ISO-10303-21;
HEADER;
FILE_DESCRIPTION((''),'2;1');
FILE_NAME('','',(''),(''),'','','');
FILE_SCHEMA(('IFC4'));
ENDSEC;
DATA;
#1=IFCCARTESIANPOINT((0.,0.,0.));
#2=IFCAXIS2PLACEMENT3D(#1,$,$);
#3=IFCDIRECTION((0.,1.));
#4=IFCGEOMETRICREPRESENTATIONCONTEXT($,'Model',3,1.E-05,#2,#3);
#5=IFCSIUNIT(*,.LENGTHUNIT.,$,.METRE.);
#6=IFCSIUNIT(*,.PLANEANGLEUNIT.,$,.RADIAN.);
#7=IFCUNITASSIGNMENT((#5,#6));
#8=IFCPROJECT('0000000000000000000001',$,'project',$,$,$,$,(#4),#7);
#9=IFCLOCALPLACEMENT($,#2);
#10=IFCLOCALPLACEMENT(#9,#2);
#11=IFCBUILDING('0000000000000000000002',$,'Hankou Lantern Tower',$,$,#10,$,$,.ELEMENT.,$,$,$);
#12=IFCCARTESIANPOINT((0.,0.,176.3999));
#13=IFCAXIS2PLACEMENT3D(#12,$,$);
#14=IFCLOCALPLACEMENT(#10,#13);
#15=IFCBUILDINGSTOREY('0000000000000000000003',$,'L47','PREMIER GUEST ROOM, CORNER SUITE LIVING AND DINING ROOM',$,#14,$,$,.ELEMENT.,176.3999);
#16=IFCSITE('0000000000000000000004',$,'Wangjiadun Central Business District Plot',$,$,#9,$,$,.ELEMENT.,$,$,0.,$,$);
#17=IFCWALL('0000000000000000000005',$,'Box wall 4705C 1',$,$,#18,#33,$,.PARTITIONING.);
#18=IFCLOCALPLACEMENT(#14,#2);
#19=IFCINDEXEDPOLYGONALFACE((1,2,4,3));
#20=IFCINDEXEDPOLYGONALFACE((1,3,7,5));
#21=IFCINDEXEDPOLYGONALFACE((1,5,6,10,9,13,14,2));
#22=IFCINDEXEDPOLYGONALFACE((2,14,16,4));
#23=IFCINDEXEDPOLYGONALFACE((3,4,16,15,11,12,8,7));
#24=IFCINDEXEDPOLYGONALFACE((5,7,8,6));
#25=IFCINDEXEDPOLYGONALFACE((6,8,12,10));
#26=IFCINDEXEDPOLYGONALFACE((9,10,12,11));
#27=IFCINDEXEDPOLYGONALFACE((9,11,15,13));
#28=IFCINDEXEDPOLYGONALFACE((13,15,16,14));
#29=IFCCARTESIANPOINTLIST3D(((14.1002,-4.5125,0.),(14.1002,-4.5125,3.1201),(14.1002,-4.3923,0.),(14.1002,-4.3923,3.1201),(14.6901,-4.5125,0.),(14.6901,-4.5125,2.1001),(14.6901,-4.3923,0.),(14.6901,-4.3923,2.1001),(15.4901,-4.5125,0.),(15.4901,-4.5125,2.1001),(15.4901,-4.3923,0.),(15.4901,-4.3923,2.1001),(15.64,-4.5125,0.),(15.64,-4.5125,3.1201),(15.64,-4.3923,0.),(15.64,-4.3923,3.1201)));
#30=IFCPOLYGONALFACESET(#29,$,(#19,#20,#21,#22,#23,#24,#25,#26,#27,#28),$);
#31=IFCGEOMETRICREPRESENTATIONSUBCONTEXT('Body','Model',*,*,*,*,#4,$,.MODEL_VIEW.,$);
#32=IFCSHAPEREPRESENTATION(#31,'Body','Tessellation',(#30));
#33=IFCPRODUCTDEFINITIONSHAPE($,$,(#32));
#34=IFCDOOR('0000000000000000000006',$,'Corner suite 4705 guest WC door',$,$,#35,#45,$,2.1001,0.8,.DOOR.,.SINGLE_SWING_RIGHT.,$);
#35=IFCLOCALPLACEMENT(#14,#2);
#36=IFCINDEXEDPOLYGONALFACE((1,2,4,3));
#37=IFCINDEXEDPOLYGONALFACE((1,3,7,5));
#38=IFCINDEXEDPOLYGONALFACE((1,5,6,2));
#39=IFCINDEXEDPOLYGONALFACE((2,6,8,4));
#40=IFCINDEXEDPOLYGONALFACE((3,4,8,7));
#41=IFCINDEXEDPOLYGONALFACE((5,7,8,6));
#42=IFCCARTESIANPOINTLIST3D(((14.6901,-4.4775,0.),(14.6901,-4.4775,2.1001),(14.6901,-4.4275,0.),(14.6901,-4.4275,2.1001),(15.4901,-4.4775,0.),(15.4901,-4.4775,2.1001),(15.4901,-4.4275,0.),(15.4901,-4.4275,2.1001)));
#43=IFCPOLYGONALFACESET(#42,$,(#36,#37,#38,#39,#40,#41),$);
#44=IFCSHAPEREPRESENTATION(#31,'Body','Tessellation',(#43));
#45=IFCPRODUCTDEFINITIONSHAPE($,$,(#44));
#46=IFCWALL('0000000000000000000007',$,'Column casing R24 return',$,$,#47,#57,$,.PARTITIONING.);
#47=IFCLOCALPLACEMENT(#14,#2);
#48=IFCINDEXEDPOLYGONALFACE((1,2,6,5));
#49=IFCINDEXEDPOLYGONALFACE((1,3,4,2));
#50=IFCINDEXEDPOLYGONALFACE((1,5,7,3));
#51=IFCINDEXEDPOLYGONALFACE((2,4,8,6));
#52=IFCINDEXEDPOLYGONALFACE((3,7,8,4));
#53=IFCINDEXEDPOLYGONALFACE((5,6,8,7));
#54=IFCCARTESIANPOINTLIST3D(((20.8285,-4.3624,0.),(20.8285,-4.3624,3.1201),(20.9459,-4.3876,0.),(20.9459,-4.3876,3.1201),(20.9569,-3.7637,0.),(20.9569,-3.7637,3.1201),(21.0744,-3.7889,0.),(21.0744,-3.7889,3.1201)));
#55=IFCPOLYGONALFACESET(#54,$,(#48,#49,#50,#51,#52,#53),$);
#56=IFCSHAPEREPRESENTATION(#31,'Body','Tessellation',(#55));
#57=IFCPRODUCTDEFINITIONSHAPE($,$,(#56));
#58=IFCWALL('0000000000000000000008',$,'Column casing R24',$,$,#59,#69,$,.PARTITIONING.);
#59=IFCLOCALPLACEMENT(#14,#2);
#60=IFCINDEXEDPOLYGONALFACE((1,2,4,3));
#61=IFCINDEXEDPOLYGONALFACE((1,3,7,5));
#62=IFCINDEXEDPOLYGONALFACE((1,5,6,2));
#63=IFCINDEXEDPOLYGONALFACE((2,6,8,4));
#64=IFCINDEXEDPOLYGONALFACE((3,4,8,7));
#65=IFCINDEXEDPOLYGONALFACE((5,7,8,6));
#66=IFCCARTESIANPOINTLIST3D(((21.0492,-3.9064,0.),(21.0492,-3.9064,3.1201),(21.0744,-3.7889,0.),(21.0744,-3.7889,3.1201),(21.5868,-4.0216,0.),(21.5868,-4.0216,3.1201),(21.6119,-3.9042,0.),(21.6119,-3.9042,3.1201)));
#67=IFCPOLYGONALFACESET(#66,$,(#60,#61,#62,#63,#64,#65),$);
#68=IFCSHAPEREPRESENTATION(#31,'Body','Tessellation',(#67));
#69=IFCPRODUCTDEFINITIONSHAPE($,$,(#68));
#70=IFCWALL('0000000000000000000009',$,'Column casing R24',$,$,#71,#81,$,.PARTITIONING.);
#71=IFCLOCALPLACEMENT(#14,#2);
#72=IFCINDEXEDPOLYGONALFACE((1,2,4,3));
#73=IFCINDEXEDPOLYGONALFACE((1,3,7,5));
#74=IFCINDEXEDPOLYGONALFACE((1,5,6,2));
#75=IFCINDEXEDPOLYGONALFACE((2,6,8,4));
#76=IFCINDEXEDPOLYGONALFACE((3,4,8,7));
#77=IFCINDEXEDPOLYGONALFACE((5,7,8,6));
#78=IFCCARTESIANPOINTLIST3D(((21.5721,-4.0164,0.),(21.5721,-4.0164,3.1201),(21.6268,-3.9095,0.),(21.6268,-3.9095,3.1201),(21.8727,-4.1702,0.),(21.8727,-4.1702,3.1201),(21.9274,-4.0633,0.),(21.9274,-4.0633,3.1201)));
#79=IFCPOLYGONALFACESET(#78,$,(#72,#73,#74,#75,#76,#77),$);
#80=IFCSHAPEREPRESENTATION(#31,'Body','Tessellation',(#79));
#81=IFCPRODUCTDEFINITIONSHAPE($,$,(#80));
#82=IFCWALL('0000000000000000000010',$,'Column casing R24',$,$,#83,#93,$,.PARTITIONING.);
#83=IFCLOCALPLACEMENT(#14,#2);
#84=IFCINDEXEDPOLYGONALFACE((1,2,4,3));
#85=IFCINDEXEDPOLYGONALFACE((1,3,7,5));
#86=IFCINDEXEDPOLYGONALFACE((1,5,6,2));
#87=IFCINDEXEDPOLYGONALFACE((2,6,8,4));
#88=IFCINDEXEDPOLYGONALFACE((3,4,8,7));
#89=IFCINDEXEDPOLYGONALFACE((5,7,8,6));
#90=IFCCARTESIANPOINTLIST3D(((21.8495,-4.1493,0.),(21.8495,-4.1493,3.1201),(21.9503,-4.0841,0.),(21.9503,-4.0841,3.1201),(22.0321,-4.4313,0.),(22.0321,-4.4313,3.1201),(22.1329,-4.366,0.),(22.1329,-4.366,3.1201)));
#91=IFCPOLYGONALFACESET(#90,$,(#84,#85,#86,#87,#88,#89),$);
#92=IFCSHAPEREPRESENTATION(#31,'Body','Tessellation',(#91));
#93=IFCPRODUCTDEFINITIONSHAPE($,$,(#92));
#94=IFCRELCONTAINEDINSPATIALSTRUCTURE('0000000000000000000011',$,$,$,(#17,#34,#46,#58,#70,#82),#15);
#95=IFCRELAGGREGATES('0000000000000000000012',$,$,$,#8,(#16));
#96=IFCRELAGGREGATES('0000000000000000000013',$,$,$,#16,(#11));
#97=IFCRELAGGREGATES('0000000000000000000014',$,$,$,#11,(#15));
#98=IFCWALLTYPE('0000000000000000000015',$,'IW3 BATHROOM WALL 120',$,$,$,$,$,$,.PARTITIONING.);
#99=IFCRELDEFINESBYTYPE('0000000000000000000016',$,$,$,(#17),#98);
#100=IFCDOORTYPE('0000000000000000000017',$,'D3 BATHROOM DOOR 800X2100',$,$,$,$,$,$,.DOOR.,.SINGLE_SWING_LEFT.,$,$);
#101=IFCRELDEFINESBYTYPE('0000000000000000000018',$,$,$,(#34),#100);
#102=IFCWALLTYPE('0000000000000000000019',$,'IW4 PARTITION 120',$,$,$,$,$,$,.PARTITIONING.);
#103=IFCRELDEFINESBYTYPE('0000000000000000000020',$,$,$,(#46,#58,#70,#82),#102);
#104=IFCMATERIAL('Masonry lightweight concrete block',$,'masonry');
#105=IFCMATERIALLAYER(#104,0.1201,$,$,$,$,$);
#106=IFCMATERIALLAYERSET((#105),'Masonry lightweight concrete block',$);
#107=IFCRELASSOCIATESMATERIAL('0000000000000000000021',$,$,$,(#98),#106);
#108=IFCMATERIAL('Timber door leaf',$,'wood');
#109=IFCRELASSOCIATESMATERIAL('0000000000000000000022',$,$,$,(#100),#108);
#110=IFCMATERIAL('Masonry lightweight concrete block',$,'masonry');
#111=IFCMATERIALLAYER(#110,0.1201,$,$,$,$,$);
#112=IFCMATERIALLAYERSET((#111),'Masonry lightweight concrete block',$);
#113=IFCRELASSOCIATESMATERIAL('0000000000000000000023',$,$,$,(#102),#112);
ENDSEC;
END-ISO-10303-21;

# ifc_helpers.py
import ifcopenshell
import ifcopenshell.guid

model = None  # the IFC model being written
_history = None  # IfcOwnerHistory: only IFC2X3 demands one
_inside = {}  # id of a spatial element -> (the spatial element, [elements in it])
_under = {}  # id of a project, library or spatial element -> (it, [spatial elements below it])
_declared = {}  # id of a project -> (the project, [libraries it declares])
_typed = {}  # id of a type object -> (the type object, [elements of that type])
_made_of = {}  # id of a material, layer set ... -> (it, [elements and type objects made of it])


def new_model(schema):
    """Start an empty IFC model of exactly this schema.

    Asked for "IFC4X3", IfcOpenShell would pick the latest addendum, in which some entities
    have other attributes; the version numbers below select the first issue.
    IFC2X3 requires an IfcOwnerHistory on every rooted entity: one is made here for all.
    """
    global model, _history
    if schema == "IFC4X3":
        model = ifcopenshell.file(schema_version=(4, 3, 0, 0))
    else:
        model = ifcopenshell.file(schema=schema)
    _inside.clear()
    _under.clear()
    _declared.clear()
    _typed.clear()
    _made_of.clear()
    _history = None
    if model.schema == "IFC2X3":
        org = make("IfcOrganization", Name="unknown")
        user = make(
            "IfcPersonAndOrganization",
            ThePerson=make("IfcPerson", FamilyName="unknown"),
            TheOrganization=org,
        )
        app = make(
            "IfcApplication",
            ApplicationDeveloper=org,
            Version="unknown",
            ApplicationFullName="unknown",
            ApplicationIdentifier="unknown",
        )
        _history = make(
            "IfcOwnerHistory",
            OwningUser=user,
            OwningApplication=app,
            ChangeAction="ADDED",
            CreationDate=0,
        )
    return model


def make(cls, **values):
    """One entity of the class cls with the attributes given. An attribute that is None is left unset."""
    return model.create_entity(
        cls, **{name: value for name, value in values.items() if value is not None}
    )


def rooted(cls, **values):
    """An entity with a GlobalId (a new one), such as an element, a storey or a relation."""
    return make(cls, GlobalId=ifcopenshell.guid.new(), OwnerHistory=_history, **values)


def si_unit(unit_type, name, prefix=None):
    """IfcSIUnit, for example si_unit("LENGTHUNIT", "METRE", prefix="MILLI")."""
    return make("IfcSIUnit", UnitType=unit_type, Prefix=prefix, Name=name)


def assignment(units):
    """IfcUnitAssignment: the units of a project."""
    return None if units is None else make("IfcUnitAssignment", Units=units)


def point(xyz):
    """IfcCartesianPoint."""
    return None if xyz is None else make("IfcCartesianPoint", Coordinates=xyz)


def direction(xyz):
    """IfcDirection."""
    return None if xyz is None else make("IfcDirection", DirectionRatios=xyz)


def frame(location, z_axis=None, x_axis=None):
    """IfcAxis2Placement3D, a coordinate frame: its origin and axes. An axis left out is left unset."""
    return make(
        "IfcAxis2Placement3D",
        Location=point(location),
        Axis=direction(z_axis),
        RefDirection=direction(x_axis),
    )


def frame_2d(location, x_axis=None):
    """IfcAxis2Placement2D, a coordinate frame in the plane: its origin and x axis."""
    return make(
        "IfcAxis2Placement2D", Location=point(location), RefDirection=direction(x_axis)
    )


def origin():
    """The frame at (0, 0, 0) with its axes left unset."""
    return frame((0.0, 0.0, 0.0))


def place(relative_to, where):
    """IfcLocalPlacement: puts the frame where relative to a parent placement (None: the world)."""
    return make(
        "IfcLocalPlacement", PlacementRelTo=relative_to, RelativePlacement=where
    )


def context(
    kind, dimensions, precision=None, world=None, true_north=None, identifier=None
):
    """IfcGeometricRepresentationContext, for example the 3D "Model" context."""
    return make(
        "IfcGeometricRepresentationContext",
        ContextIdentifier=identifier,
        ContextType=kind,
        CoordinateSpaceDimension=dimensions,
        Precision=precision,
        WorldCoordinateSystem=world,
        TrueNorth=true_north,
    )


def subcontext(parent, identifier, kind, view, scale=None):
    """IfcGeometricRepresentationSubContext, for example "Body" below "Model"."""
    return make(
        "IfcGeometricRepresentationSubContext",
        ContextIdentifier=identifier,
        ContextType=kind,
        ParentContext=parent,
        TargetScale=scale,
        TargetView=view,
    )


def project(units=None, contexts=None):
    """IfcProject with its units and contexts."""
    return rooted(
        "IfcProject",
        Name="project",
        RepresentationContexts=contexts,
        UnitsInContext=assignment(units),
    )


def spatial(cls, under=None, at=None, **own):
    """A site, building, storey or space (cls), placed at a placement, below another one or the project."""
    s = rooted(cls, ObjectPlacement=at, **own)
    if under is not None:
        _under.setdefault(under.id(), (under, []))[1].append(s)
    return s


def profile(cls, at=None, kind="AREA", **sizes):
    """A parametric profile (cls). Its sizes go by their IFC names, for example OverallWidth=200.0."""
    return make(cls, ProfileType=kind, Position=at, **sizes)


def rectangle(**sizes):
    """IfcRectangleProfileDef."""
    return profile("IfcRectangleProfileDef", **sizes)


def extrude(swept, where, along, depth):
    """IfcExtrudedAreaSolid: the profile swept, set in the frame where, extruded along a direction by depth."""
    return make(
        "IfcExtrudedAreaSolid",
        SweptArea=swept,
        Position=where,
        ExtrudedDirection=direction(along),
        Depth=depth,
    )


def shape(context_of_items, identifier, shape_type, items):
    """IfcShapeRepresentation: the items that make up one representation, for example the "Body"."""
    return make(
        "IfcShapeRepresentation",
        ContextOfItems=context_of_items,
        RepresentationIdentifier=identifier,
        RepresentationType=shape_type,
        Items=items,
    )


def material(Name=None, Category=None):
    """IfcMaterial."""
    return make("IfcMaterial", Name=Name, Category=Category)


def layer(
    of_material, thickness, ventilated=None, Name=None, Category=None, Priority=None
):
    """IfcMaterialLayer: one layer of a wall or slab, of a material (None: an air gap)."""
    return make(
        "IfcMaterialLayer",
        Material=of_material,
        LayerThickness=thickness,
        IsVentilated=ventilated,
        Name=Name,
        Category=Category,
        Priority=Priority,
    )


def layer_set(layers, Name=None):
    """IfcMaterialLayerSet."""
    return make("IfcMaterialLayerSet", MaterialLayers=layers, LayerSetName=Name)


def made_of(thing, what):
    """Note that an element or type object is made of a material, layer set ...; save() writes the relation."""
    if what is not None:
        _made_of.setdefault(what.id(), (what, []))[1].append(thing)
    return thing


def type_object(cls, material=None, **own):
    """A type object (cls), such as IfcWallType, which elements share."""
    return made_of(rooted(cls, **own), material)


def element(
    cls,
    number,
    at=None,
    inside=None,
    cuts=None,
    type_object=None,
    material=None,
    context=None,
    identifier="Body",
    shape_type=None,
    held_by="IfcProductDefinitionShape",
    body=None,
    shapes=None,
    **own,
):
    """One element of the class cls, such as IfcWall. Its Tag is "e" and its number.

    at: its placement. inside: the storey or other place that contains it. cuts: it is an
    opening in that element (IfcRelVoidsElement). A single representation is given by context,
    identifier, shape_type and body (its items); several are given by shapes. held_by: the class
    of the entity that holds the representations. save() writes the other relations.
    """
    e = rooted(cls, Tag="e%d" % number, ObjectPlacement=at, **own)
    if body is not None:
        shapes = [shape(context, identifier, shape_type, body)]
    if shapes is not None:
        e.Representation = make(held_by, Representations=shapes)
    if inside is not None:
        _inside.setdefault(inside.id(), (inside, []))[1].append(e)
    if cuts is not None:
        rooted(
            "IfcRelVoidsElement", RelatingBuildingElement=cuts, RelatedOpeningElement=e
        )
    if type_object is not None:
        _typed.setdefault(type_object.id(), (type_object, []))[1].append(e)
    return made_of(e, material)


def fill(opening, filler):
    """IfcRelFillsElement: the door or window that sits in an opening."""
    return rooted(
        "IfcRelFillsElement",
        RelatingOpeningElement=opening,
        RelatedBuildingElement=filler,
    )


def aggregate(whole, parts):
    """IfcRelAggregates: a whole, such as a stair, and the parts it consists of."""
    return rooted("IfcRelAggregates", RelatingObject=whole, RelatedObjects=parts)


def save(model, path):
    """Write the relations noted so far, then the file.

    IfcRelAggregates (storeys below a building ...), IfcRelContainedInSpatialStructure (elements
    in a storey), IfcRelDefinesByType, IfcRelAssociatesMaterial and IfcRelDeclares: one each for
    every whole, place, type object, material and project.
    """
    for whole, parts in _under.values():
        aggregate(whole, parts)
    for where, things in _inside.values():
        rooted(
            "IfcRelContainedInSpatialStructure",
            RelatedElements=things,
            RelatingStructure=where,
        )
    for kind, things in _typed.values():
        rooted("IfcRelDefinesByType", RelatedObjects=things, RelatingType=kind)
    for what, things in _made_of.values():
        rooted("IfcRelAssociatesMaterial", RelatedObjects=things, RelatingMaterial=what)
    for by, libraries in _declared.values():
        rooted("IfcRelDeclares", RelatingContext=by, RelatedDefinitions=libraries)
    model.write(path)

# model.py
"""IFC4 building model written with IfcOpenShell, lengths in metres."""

from ifc_helpers import new_model, si_unit, direction, frame, frame_2d, origin, place, context, subcontext, project, spatial, rectangle, extrude, material, layer, layer_set, type_object, element, fill, save


model = new_model("IFC4")

# Units and contexts
model_context = context("Model", 3, precision=1e-05, world=origin(), true_north=direction((0.0, 1.0)))
body_context = subcontext(model_context, "Body", "Model", "MODEL_VIEW")
ifc_project = project(units=[si_unit("LENGTHUNIT", "METRE"), si_unit("PLANEANGLEUNIT", "RADIAN")], contexts=[model_context])

# Site, building, storey
site_placement = place(None, origin())
site = spatial("IfcSite", under=ifc_project, at=site_placement, Name="Wangjiadun Central Business District Plot", CompositionType="ELEMENT", RefElevation=0.0)
building_placement = place(site_placement, origin())
building = spatial("IfcBuilding", under=site, at=building_placement, Name="Hankou Lantern Tower", CompositionType="ELEMENT")
storey_placement = place(building_placement, frame((0.0, 0.0, 176.3999)))
storey = spatial("IfcBuildingStorey", under=building, at=storey_placement, Name="L47", Description="PREMIER GUEST ROOM, CORNER SUITE LIVING AND DINING ROOM", CompositionType="ELEMENT", Elevation=176.3999)

# Shared definitions
ifc_material_1 = material(Name="Masonry lightweight concrete block", Category="masonry")
ifc_layer_1 = layer(ifc_material_1, 0.1201)
ifc_layer_set_1 = layer_set([ifc_layer_1], Name="Masonry lightweight concrete block")
wall_type_1 = type_object("IfcWallType", Name="IW3 BATHROOM WALL 120", PredefinedType="PARTITIONING", material=ifc_layer_set_1)

# Wall, opening, door
wall_1_placement = place(storey_placement, frame((14.1001, -4.4524, 0.0), z_axis=(0.0, 0.0, 1.0), x_axis=(1.0, 0.0, 0.0)))
wall_1 = element("IfcWall", 1, at=wall_1_placement, inside=storey, type_object=wall_type_1, Name="Box wall 4705C 1", PredefinedType="PARTITIONING", context=body_context, shape_type="SweptSolid", body=[
    extrude(rectangle(XDim=1.5398, YDim=0.1201, at=frame_2d((0.77, 0.0))), origin(), (0.0, 0.0, 1.0), 3.1201),
])
opening_1_placement = place(wall_1_placement, frame((0.5901, 0.0, 0.0)))
opening_1 = element("IfcOpeningElement", 2, at=opening_1_placement, cuts=wall_1, PredefinedType="OPENING", context=body_context, shape_type="SweptSolid", body=[
    extrude(rectangle(XDim=0.8, YDim=2.1001, at=frame_2d((0.3999, 1.05))), frame((0.0, 0.0701, 0.0), z_axis=(0.0, -1.0, 0.0), x_axis=(1.0, 0.0, 0.0)), (0.0, 0.0, 1.0), 0.1401),
])
ifc_material_2 = material(Name="Timber door leaf", Category="wood")
door_type_1 = type_object("IfcDoorType", Name="D3 BATHROOM DOOR 800X2100", OperationType="SINGLE_SWING_LEFT", PredefinedType="DOOR", material=ifc_material_2)
door_1_placement = place(opening_1_placement, origin())
door_1 = element("IfcDoor", 3, at=door_1_placement, inside=storey, type_object=door_type_1, Name="Corner suite 4705 guest WC door", OperationType="SINGLE_SWING_RIGHT", OverallHeight=2.1001, OverallWidth=0.8, PredefinedType="DOOR", context=body_context, shape_type="SweptSolid", body=[
    extrude(rectangle(XDim=0.8, YDim=2.1001, at=frame_2d((0.3999, 1.05))), frame((0.0, 0.0249, 0.0), z_axis=(0.0, -1.0, 0.0), x_axis=(1.0, 0.0, 0.0)), (0.0, 0.0, 1.0), 0.05),
])
fill(opening_1, door_1)

# Walls
ifc_material_3 = material(Name="Masonry lightweight concrete block", Category="masonry")
ifc_layer_2 = layer(ifc_material_3, 0.1201)
ifc_layer_set_2 = layer_set([ifc_layer_2], Name="Masonry lightweight concrete block")
wall_type_2 = type_object("IfcWallType", Name="IW4 PARTITION 120", PredefinedType="PARTITIONING", material=ifc_layer_set_2)
wall_2_placement = place(storey_placement, frame((20.8872, -4.375, 0.0), z_axis=(0.0, 0.0, 1.0), x_axis=(0.209747, 0.977756, 0.0)))
element("IfcWall", 4, at=wall_2_placement, inside=storey, type_object=wall_type_2, Name="Column casing R24 return", PredefinedType="PARTITIONING", context=body_context, shape_type="SweptSolid", body=[
    extrude(rectangle(XDim=0.6123, YDim=0.1201, at=frame_2d((0.3062, 0.0))), origin(), (0.0, 0.0, 1.0), 3.1201),
])
wall_3_placement = place(storey_placement, frame((21.0618, -3.8477, 0.0), z_axis=(0.0, 0.0, 1.0), x_axis=(0.977789, -0.20959, 0.0)))
element("IfcWall", 5, at=wall_3_placement, inside=storey, type_object=wall_type_2, Name="Column casing R24", PredefinedType="PARTITIONING", context=body_context, shape_type="SweptSolid", body=[
    extrude(rectangle(XDim=0.5498, YDim=0.1201, at=frame_2d((0.2749, 0.0))), origin(), (0.0, 0.0, 1.0), 3.1201),
])
wall_4_placement = place(storey_placement, frame((21.5994, -3.9629, 0.0), z_axis=(0.0, 0.0, 1.0), x_axis=(0.890194, -0.455582, 0.0)))
element("IfcWall", 6, at=wall_4_placement, inside=storey, type_object=wall_type_2, Name="Column casing R24", PredefinedType="PARTITIONING", context=body_context, shape_type="SweptSolid", body=[
    extrude(rectangle(XDim=0.3376, YDim=0.1201, at=frame_2d((0.1689, 0.0))), origin(), (0.0, 0.0, 1.0), 3.1201),
])
wall_5_placement = place(storey_placement, frame((21.8999, -4.1167, 0.0), z_axis=(0.0, 0.0, 1.0), x_axis=(0.543583, -0.839356, 0.0)))
element("IfcWall", 7, at=wall_5_placement, inside=storey, type_object=wall_type_2, Name="Column casing R24", PredefinedType="PARTITIONING", context=body_context, shape_type="SweptSolid", body=[
    extrude(rectangle(XDim=0.3359, YDim=0.1201, at=frame_2d((0.168, 0.0))), origin(), (0.0, 0.0, 1.0), 3.1201),
])

save(model, "model.ifc")
